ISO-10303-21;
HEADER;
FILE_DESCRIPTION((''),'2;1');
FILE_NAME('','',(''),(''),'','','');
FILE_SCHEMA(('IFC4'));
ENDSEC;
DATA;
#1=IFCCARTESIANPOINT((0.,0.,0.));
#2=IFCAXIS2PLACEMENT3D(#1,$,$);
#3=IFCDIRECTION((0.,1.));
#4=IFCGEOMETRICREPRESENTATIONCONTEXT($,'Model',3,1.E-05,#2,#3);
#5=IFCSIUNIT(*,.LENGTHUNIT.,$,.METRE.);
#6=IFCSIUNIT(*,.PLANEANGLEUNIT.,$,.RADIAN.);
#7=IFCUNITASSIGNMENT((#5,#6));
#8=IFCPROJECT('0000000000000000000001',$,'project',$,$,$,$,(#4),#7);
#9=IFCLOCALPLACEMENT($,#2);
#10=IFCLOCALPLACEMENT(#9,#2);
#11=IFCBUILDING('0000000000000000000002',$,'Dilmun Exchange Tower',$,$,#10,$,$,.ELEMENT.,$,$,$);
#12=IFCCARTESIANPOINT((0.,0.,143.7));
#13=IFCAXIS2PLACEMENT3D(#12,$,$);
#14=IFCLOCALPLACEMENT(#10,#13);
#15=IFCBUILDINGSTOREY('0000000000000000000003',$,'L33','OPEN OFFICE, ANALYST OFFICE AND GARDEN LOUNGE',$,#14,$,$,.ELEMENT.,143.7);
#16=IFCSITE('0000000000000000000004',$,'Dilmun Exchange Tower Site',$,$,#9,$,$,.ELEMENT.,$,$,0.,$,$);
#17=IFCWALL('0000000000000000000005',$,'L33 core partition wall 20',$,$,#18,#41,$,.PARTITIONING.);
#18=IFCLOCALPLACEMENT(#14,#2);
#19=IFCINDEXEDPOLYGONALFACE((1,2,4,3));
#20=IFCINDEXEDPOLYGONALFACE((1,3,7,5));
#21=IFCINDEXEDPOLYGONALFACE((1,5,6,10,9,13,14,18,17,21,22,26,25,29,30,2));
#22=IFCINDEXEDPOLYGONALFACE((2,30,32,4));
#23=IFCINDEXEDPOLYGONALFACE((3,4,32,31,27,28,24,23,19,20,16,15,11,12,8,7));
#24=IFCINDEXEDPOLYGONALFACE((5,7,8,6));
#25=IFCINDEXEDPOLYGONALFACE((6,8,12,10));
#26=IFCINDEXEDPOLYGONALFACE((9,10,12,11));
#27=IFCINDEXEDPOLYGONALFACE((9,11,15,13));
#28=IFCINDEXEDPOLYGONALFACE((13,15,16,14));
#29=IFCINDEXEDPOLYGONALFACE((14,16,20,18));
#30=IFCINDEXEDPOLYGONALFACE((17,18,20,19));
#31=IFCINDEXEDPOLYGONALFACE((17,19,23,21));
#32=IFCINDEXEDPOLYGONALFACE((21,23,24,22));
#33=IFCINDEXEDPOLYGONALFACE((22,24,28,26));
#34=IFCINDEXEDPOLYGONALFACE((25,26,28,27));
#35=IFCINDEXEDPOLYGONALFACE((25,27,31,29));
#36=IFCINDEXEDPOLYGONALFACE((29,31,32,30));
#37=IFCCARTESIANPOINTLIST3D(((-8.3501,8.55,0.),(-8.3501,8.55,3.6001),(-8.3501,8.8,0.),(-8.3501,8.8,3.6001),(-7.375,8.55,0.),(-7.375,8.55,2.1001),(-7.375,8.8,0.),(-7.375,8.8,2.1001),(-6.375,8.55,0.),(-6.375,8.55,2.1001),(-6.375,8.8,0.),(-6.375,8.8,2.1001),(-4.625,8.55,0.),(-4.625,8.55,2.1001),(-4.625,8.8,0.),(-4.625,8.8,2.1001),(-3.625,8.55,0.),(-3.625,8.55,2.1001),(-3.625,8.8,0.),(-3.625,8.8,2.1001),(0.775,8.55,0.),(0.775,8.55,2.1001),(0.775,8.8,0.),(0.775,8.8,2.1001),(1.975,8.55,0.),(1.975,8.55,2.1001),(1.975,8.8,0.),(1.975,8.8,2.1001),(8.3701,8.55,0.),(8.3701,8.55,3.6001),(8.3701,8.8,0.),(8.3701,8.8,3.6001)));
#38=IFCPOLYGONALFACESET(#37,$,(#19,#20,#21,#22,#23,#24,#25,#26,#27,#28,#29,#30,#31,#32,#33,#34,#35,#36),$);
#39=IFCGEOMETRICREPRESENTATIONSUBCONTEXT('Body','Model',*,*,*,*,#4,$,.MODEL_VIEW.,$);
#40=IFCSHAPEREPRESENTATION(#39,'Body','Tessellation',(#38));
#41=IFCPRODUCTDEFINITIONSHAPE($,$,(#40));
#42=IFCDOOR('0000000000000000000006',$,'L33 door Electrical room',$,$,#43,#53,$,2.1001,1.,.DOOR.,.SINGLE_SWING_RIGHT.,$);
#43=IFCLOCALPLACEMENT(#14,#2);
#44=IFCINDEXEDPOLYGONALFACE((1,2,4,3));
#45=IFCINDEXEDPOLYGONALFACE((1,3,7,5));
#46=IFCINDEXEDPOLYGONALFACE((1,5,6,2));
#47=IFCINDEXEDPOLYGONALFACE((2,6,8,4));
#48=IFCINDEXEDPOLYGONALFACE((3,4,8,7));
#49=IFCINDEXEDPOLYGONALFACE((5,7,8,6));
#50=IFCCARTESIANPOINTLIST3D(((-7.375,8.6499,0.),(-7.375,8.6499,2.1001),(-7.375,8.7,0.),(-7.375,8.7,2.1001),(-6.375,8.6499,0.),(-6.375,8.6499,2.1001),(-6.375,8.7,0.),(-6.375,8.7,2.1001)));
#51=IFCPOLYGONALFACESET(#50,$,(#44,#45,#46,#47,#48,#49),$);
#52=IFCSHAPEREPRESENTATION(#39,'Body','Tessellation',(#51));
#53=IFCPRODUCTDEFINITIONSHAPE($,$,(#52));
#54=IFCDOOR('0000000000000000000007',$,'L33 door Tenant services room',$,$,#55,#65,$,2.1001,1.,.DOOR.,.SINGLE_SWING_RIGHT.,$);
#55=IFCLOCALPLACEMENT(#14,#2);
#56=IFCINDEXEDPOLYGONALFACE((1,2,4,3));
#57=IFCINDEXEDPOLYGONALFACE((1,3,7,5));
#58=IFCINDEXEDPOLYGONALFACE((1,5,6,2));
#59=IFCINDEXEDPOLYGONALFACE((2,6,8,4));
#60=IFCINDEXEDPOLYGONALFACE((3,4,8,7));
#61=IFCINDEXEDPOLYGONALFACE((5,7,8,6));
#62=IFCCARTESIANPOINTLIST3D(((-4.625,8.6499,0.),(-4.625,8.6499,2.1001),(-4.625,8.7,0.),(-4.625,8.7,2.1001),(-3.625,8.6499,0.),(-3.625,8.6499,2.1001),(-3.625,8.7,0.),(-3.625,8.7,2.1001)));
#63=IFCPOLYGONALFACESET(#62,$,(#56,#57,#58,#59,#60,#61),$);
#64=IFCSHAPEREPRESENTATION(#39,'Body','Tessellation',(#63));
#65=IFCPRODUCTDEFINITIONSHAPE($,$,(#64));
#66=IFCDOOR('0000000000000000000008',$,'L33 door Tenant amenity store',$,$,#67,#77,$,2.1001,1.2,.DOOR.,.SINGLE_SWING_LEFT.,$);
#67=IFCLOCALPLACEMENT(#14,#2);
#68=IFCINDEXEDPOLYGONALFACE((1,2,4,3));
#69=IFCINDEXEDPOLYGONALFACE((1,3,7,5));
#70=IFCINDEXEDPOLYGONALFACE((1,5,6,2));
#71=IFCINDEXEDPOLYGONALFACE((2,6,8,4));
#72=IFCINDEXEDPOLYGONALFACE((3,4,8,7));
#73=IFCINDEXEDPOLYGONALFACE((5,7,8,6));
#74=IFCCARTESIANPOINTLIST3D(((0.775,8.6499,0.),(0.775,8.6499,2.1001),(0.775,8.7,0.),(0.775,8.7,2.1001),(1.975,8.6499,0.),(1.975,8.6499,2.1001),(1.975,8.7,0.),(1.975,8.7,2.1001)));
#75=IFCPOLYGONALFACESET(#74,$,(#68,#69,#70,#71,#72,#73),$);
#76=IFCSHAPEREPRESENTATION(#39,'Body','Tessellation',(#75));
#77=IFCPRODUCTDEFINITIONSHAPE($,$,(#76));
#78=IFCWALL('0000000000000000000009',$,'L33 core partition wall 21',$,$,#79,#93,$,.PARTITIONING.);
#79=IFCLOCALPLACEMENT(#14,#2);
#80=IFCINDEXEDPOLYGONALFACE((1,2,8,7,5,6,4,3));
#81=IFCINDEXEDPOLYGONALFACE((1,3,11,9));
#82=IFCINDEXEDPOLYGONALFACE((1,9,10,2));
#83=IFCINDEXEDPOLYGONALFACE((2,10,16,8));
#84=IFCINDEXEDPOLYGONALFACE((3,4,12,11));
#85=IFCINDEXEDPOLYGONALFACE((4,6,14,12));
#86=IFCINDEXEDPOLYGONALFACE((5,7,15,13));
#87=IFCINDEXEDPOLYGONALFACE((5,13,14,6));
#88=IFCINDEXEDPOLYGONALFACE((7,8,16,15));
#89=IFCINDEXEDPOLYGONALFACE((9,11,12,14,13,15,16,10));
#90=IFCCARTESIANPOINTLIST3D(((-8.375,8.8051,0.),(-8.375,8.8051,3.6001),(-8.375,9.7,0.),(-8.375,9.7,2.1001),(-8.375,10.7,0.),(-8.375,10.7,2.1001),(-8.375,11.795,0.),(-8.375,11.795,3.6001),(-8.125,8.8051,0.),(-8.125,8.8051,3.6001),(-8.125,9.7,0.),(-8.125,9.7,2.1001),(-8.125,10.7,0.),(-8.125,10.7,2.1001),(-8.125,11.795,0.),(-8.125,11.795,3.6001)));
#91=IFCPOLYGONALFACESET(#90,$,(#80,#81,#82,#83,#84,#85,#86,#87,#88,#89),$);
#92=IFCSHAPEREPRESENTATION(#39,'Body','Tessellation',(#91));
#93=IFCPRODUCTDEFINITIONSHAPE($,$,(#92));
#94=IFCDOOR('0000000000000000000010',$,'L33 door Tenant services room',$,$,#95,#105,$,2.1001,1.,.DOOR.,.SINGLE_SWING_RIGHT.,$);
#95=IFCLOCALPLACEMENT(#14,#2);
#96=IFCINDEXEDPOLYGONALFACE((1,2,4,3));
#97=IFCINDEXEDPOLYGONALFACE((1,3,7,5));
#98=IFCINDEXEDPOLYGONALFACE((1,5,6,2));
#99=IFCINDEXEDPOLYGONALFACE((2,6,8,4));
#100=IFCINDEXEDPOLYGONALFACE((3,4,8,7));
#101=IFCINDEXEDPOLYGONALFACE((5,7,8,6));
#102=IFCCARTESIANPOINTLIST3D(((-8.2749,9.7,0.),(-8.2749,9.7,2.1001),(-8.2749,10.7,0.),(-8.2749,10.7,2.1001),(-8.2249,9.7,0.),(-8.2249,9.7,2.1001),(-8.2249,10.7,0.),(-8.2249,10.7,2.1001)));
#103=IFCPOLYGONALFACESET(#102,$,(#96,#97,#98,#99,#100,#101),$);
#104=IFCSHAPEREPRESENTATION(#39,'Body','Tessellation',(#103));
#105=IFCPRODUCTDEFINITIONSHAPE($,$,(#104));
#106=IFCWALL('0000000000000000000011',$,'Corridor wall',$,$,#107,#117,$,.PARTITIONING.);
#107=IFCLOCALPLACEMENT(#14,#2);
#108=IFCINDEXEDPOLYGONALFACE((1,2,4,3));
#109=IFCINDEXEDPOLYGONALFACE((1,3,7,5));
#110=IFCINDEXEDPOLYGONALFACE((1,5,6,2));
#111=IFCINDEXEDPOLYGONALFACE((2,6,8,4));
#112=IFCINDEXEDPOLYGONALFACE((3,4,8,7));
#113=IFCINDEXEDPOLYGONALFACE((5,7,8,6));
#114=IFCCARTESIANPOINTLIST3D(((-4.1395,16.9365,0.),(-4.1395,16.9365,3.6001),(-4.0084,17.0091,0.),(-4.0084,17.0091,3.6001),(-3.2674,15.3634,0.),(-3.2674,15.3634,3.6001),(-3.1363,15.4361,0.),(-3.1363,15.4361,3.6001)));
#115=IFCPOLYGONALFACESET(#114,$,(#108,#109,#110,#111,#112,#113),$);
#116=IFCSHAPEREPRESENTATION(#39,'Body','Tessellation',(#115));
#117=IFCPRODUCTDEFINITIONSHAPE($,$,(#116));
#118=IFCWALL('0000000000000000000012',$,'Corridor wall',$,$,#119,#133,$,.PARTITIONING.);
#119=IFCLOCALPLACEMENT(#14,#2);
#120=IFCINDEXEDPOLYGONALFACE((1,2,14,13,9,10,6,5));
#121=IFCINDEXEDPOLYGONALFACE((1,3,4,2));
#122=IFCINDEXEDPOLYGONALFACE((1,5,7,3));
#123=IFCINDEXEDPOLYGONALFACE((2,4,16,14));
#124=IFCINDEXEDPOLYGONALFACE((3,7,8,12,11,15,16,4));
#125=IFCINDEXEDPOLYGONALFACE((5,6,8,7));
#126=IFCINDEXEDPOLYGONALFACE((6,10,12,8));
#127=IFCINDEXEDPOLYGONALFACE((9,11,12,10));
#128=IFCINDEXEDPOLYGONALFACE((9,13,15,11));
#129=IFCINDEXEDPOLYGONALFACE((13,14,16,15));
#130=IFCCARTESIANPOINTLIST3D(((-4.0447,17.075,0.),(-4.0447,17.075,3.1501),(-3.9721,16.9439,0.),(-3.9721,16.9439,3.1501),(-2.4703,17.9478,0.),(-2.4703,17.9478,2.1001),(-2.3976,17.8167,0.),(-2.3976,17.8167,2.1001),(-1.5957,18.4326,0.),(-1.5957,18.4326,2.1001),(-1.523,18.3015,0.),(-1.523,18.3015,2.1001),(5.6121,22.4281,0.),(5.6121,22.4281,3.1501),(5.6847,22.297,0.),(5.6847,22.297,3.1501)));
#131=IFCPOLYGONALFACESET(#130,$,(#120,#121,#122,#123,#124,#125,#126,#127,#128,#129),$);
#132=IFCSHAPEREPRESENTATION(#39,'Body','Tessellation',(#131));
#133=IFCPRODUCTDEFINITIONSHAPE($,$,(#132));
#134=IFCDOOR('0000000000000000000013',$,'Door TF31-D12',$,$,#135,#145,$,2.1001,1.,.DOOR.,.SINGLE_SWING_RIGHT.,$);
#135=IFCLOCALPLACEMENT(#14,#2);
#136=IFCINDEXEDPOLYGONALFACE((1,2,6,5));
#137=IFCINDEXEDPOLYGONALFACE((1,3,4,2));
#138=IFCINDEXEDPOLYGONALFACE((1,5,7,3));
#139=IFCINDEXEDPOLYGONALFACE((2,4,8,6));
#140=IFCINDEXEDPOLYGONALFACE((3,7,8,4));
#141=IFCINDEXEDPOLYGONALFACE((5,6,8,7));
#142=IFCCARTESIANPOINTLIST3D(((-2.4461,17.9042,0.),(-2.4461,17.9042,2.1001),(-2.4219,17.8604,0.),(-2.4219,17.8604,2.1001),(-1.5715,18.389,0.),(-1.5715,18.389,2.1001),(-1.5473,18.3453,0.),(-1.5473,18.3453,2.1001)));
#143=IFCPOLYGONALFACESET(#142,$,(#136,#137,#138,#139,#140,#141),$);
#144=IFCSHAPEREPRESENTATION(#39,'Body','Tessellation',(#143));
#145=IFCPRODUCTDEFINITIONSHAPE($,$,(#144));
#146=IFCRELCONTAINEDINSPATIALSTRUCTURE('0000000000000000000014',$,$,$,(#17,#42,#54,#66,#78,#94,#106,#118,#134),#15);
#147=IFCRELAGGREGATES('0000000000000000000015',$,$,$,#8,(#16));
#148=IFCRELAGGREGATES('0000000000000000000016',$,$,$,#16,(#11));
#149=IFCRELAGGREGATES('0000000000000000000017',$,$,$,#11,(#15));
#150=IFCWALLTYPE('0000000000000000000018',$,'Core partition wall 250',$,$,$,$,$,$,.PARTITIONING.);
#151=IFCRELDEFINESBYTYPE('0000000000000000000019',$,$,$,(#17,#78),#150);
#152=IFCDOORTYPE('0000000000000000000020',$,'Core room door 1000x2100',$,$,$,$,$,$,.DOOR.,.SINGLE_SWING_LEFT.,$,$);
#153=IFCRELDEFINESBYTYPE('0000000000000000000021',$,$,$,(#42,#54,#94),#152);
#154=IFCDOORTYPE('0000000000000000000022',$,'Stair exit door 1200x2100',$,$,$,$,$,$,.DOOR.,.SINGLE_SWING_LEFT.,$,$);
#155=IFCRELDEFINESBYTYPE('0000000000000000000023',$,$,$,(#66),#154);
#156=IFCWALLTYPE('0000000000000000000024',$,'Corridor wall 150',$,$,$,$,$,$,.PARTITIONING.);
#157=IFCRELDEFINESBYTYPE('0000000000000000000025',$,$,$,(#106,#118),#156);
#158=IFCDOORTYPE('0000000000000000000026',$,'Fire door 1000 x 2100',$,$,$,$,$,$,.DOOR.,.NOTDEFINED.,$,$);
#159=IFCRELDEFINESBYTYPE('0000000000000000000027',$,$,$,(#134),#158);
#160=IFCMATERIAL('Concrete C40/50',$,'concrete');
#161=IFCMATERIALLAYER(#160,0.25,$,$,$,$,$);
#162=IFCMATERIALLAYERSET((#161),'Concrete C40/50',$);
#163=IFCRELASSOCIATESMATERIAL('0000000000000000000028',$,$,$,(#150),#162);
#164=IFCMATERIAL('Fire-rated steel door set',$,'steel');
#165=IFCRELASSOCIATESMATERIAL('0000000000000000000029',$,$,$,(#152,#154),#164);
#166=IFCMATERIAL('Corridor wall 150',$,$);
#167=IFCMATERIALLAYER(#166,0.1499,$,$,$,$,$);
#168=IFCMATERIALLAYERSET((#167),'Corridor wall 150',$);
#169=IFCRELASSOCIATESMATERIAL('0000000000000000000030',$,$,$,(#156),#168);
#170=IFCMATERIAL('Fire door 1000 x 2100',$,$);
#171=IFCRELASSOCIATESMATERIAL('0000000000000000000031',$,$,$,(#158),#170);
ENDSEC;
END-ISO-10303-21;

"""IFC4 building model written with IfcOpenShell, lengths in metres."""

from ifc_helpers import new_model, si_unit, direction, frame, frame_2d, origin, place, context, subcontext, project, spatial, rectangle, extrude, material, layer, layer_set, type_object, element, fill, save


model = new_model("IFC4")

# Units and contexts
model_context = context("Model", 3, precision=1e-05, world=origin(), true_north=direction((0.0, 1.0)))
body_context = subcontext(model_context, "Body", "Model", "MODEL_VIEW")
ifc_project = project(units=[si_unit("LENGTHUNIT", "METRE"), si_unit("PLANEANGLEUNIT", "RADIAN")], contexts=[model_context])

# Site, building, storey
site_placement = place(None, origin())
site = spatial("IfcSite", under=ifc_project, at=site_placement, Name="Dilmun Exchange Tower Site", CompositionType="ELEMENT", RefElevation=0.0)
building_placement = place(site_placement, origin())
building = spatial("IfcBuilding", under=site, at=building_placement, Name="Dilmun Exchange Tower", CompositionType="ELEMENT")
storey_placement = place(building_placement, frame((0.0, 0.0, 143.7)))
storey = spatial("IfcBuildingStorey", under=building, at=storey_placement, Name="L33", Description="OPEN OFFICE, ANALYST OFFICE AND GARDEN LOUNGE", CompositionType="ELEMENT", Elevation=143.7)

# Shared definitions
ifc_material_1 = material(Name="Concrete C40/50", Category="concrete")

# Shared definitions
ifc_material_2 = material(Name="Fire-rated steel door set", Category="steel")

# Shared definitions
ifc_layer_1 = layer(ifc_material_1, 0.25)
ifc_layer_set_1 = layer_set([ifc_layer_1], Name="Concrete C40/50")
wall_type_1 = type_object("IfcWallType", Name="Core partition wall 250", PredefinedType="PARTITIONING", material=ifc_layer_set_1)

# Wall, openings, doors
wall_1_placement = place(storey_placement, frame((-8.3501, 8.675, 0.0), z_axis=(0.0, 0.0, 1.0), x_axis=(1.0, 0.0, 0.0)))
wall_1 = element("IfcWall", 1, at=wall_1_placement, inside=storey, type_object=wall_type_1, Name="L33 core partition wall 20", PredefinedType="PARTITIONING", context=body_context, shape_type="SweptSolid", body=[
    extrude(rectangle(XDim=16.7202, YDim=0.25, at=frame_2d((8.3601, 0.0))), origin(), (0.0, 0.0, 1.0), 3.6001),
])
opening_1_placement = place(wall_1_placement, frame((0.9751, 0.0, 0.0)))
opening_1 = element("IfcOpeningElement", 2, at=opening_1_placement, cuts=wall_1, PredefinedType="OPENING", context=body_context, shape_type="SweptSolid", body=[
    extrude(rectangle(XDim=1.0, YDim=2.1001, at=frame_2d((0.5, 1.05))), frame((0.0, 0.135, 0.0), z_axis=(0.0, -1.0, 0.0), x_axis=(1.0, 0.0, 0.0)), (0.0, 0.0, 1.0), 0.27),
])
opening_2_placement = place(wall_1_placement, frame((3.7251, 0.0, 0.0)))
opening_2 = element("IfcOpeningElement", 3, at=opening_2_placement, cuts=wall_1, PredefinedType="OPENING", context=body_context, shape_type="SweptSolid", body=[
    extrude(rectangle(XDim=1.0, YDim=2.1001, at=frame_2d((0.5, 1.05))), frame((0.0, 0.135, 0.0), z_axis=(0.0, -1.0, 0.0), x_axis=(1.0, 0.0, 0.0)), (0.0, 0.0, 1.0), 0.27),
])
opening_3_placement = place(wall_1_placement, frame((9.125, 0.0, 0.0)))
opening_3 = element("IfcOpeningElement", 4, at=opening_3_placement, cuts=wall_1, PredefinedType="OPENING", context=body_context, shape_type="SweptSolid", body=[
    extrude(rectangle(XDim=1.2, YDim=2.1001, at=frame_2d((0.6001, 1.05))), frame((0.0, 0.135, 0.0), z_axis=(0.0, -1.0, 0.0), x_axis=(1.0, 0.0, 0.0)), (0.0, 0.0, 1.0), 0.27),
])
door_type_1 = type_object("IfcDoorType", Name="Core room door 1000x2100", OperationType="SINGLE_SWING_LEFT", PredefinedType="DOOR", material=ifc_material_2)
door_1_placement = place(opening_1_placement, origin())
door_1 = element("IfcDoor", 5, at=door_1_placement, inside=storey, type_object=door_type_1, Name="L33 door Electrical room", OperationType="SINGLE_SWING_RIGHT", OverallHeight=2.1001, OverallWidth=1.0, PredefinedType="DOOR", context=body_context, shape_type="SweptSolid", body=[
    extrude(rectangle(XDim=1.0, YDim=2.1001, at=frame_2d((0.5, 1.05))), frame((0.0, 0.0249, 0.0), z_axis=(0.0, -1.0, 0.0), x_axis=(1.0, 0.0, 0.0)), (0.0, 0.0, 1.0), 0.05),
])
fill(opening_1, door_1)
door_2_placement = place(opening_2_placement, origin())
door_2 = element("IfcDoor", 6, at=door_2_placement, inside=storey, type_object=door_type_1, Name="L33 door Tenant services room", OperationType="SINGLE_SWING_RIGHT", OverallHeight=2.1001, OverallWidth=1.0, PredefinedType="DOOR", context=body_context, shape_type="SweptSolid", body=[
    extrude(rectangle(XDim=1.0, YDim=2.1001, at=frame_2d((0.5, 1.05))), frame((0.0, 0.0249, 0.0), z_axis=(0.0, -1.0, 0.0), x_axis=(1.0, 0.0, 0.0)), (0.0, 0.0, 1.0), 0.05),
])
fill(opening_2, door_2)
door_type_2 = type_object("IfcDoorType", Name="Stair exit door 1200x2100", OperationType="SINGLE_SWING_LEFT", PredefinedType="DOOR", material=ifc_material_2)
door_3_placement = place(opening_3_placement, origin())
door_3 = element("IfcDoor", 7, at=door_3_placement, inside=storey, type_object=door_type_2, Name="L33 door Tenant amenity store", OperationType="SINGLE_SWING_LEFT", OverallHeight=2.1001, OverallWidth=1.2, PredefinedType="DOOR", context=body_context, shape_type="SweptSolid", body=[
    extrude(rectangle(XDim=1.2, YDim=2.1001, at=frame_2d((0.6001, 1.05))), frame((0.0, 0.0249, 0.0), z_axis=(0.0, -1.0, 0.0), x_axis=(1.0, 0.0, 0.0)), (0.0, 0.0, 1.0), 0.05),
])
fill(opening_3, door_3)

# Wall, opening, door
wall_2_placement = place(storey_placement, frame((-8.25, 8.8049, 0.0), z_axis=(0.0, 0.0, 1.0), x_axis=(0.0, 1.0, 0.0)))
wall_2 = element("IfcWall", 8, at=wall_2_placement, inside=storey, type_object=wall_type_1, Name="L33 core partition wall 21", PredefinedType="PARTITIONING", context=body_context, shape_type="SweptSolid", body=[
    extrude(rectangle(XDim=2.99, YDim=0.25, at=frame_2d((1.4951, 0.0))), origin(), (0.0, 0.0, 1.0), 3.6001),
])
opening_4_placement = place(wall_2_placement, frame((0.895, 0.0, 0.0)))
opening_4 = element("IfcOpeningElement", 9, at=opening_4_placement, cuts=wall_2, PredefinedType="OPENING", context=body_context, shape_type="SweptSolid", body=[
    extrude(rectangle(XDim=1.0, YDim=2.1001, at=frame_2d((0.5, 1.05))), frame((0.0, 0.135, 0.0), z_axis=(0.0, -1.0, 0.0), x_axis=(1.0, 0.0, 0.0)), (0.0, 0.0, 1.0), 0.27),
])
door_4_placement = place(opening_4_placement, origin())
door_4 = element("IfcDoor", 10, at=door_4_placement, inside=storey, type_object=door_type_1, Name="L33 door Tenant services room", OperationType="SINGLE_SWING_RIGHT", OverallHeight=2.1001, OverallWidth=1.0, PredefinedType="DOOR", context=body_context, shape_type="SweptSolid", body=[
    extrude(rectangle(XDim=1.0, YDim=2.1001, at=frame_2d((0.5, 1.05))), frame((0.0, 0.0249, 0.0), z_axis=(0.0, -1.0, 0.0), x_axis=(1.0, 0.0, 0.0)), (0.0, 0.0, 1.0), 0.05),
])
fill(opening_4, door_4)

# Wall
ifc_material_3 = material(Name="Corridor wall 150")
ifc_layer_2 = layer(ifc_material_3, 0.1499)
ifc_layer_set_2 = layer_set([ifc_layer_2], Name="Corridor wall 150")
wall_type_2 = type_object("IfcWallType", Name="Corridor wall 150", PredefinedType="PARTITIONING", material=ifc_layer_set_2)
wall_3_placement = place(storey_placement, frame((-4.074, 16.9729, 0.0), z_axis=(0.0, 0.0, 1.0), x_axis=(0.484871, -0.874586, 0.0)))
element("IfcWall", 11, at=wall_3_placement, inside=storey, type_object=wall_type_2, Name="Corridor wall", PredefinedType="PARTITIONING", context=body_context, shape_type="SweptSolid", body=[
    extrude(rectangle(XDim=1.7986, YDim=0.1499, at=frame_2d((0.8994, 0.0))), origin(), (0.0, 0.0, 1.0), 3.6001),
])

# Wall, opening, door
wall_4_placement = place(storey_placement, frame((-4.0083, 17.0095, 0.0), z_axis=(0.0, 0.0, 1.0), x_axis=(0.874612, 0.484824, 0.0)))
wall_4 = element("IfcWall", 12, at=wall_4_placement, inside=storey, type_object=wall_type_2, Name="Corridor wall", PredefinedType="PARTITIONING", context=body_context, shape_type="SweptSolid", body=[
    extrude(rectangle(XDim=11.0413, YDim=0.1499, at=frame_2d((5.5205, 0.0))), origin(), (0.0, 0.0, 1.0), 3.1501),
])
opening_5_placement = place(wall_4_placement, frame((1.8, 0.0, 0.0)))
opening_5 = element("IfcOpeningElement", 13, at=opening_5_placement, cuts=wall_4, PredefinedType="OPENING", context=body_context, shape_type="SweptSolid", body=[
    extrude(rectangle(XDim=1.0, YDim=2.1001, at=frame_2d((0.5, 1.05))), frame((0.0, 0.085, 0.0), z_axis=(0.0, -1.0, 0.0), x_axis=(1.0, 0.0, 0.0)), (0.0, 0.0, 1.0), 0.1699),
])
ifc_material_4 = material(Name="Fire door 1000 x 2100")
door_type_3 = type_object("IfcDoorType", Name="Fire door 1000 x 2100", OperationType="NOTDEFINED", PredefinedType="DOOR", material=ifc_material_4)
door_5_placement = place(opening_5_placement, frame((1.0, 0.0, 0.0), z_axis=(0.0, 0.0, 1.0), x_axis=(-1.0, 0.0, 0.0)))
door_5 = element("IfcDoor", 14, at=door_5_placement, inside=storey, type_object=door_type_3, Name="Door TF31-D12", OperationType="SINGLE_SWING_RIGHT", OverallHeight=2.1001, OverallWidth=1.0, PredefinedType="DOOR", context=body_context, shape_type="SweptSolid", body=[
    extrude(rectangle(XDim=1.0, YDim=2.1001, at=frame_2d((0.5, 1.05))), frame((0.0, 0.0249, 0.0), z_axis=(0.0, -1.0, 0.0), x_axis=(1.0, 0.0, 0.0)), (0.0, 0.0, 1.0), 0.05),
])
fill(opening_5, door_5)

save(model, "model.ifc")
